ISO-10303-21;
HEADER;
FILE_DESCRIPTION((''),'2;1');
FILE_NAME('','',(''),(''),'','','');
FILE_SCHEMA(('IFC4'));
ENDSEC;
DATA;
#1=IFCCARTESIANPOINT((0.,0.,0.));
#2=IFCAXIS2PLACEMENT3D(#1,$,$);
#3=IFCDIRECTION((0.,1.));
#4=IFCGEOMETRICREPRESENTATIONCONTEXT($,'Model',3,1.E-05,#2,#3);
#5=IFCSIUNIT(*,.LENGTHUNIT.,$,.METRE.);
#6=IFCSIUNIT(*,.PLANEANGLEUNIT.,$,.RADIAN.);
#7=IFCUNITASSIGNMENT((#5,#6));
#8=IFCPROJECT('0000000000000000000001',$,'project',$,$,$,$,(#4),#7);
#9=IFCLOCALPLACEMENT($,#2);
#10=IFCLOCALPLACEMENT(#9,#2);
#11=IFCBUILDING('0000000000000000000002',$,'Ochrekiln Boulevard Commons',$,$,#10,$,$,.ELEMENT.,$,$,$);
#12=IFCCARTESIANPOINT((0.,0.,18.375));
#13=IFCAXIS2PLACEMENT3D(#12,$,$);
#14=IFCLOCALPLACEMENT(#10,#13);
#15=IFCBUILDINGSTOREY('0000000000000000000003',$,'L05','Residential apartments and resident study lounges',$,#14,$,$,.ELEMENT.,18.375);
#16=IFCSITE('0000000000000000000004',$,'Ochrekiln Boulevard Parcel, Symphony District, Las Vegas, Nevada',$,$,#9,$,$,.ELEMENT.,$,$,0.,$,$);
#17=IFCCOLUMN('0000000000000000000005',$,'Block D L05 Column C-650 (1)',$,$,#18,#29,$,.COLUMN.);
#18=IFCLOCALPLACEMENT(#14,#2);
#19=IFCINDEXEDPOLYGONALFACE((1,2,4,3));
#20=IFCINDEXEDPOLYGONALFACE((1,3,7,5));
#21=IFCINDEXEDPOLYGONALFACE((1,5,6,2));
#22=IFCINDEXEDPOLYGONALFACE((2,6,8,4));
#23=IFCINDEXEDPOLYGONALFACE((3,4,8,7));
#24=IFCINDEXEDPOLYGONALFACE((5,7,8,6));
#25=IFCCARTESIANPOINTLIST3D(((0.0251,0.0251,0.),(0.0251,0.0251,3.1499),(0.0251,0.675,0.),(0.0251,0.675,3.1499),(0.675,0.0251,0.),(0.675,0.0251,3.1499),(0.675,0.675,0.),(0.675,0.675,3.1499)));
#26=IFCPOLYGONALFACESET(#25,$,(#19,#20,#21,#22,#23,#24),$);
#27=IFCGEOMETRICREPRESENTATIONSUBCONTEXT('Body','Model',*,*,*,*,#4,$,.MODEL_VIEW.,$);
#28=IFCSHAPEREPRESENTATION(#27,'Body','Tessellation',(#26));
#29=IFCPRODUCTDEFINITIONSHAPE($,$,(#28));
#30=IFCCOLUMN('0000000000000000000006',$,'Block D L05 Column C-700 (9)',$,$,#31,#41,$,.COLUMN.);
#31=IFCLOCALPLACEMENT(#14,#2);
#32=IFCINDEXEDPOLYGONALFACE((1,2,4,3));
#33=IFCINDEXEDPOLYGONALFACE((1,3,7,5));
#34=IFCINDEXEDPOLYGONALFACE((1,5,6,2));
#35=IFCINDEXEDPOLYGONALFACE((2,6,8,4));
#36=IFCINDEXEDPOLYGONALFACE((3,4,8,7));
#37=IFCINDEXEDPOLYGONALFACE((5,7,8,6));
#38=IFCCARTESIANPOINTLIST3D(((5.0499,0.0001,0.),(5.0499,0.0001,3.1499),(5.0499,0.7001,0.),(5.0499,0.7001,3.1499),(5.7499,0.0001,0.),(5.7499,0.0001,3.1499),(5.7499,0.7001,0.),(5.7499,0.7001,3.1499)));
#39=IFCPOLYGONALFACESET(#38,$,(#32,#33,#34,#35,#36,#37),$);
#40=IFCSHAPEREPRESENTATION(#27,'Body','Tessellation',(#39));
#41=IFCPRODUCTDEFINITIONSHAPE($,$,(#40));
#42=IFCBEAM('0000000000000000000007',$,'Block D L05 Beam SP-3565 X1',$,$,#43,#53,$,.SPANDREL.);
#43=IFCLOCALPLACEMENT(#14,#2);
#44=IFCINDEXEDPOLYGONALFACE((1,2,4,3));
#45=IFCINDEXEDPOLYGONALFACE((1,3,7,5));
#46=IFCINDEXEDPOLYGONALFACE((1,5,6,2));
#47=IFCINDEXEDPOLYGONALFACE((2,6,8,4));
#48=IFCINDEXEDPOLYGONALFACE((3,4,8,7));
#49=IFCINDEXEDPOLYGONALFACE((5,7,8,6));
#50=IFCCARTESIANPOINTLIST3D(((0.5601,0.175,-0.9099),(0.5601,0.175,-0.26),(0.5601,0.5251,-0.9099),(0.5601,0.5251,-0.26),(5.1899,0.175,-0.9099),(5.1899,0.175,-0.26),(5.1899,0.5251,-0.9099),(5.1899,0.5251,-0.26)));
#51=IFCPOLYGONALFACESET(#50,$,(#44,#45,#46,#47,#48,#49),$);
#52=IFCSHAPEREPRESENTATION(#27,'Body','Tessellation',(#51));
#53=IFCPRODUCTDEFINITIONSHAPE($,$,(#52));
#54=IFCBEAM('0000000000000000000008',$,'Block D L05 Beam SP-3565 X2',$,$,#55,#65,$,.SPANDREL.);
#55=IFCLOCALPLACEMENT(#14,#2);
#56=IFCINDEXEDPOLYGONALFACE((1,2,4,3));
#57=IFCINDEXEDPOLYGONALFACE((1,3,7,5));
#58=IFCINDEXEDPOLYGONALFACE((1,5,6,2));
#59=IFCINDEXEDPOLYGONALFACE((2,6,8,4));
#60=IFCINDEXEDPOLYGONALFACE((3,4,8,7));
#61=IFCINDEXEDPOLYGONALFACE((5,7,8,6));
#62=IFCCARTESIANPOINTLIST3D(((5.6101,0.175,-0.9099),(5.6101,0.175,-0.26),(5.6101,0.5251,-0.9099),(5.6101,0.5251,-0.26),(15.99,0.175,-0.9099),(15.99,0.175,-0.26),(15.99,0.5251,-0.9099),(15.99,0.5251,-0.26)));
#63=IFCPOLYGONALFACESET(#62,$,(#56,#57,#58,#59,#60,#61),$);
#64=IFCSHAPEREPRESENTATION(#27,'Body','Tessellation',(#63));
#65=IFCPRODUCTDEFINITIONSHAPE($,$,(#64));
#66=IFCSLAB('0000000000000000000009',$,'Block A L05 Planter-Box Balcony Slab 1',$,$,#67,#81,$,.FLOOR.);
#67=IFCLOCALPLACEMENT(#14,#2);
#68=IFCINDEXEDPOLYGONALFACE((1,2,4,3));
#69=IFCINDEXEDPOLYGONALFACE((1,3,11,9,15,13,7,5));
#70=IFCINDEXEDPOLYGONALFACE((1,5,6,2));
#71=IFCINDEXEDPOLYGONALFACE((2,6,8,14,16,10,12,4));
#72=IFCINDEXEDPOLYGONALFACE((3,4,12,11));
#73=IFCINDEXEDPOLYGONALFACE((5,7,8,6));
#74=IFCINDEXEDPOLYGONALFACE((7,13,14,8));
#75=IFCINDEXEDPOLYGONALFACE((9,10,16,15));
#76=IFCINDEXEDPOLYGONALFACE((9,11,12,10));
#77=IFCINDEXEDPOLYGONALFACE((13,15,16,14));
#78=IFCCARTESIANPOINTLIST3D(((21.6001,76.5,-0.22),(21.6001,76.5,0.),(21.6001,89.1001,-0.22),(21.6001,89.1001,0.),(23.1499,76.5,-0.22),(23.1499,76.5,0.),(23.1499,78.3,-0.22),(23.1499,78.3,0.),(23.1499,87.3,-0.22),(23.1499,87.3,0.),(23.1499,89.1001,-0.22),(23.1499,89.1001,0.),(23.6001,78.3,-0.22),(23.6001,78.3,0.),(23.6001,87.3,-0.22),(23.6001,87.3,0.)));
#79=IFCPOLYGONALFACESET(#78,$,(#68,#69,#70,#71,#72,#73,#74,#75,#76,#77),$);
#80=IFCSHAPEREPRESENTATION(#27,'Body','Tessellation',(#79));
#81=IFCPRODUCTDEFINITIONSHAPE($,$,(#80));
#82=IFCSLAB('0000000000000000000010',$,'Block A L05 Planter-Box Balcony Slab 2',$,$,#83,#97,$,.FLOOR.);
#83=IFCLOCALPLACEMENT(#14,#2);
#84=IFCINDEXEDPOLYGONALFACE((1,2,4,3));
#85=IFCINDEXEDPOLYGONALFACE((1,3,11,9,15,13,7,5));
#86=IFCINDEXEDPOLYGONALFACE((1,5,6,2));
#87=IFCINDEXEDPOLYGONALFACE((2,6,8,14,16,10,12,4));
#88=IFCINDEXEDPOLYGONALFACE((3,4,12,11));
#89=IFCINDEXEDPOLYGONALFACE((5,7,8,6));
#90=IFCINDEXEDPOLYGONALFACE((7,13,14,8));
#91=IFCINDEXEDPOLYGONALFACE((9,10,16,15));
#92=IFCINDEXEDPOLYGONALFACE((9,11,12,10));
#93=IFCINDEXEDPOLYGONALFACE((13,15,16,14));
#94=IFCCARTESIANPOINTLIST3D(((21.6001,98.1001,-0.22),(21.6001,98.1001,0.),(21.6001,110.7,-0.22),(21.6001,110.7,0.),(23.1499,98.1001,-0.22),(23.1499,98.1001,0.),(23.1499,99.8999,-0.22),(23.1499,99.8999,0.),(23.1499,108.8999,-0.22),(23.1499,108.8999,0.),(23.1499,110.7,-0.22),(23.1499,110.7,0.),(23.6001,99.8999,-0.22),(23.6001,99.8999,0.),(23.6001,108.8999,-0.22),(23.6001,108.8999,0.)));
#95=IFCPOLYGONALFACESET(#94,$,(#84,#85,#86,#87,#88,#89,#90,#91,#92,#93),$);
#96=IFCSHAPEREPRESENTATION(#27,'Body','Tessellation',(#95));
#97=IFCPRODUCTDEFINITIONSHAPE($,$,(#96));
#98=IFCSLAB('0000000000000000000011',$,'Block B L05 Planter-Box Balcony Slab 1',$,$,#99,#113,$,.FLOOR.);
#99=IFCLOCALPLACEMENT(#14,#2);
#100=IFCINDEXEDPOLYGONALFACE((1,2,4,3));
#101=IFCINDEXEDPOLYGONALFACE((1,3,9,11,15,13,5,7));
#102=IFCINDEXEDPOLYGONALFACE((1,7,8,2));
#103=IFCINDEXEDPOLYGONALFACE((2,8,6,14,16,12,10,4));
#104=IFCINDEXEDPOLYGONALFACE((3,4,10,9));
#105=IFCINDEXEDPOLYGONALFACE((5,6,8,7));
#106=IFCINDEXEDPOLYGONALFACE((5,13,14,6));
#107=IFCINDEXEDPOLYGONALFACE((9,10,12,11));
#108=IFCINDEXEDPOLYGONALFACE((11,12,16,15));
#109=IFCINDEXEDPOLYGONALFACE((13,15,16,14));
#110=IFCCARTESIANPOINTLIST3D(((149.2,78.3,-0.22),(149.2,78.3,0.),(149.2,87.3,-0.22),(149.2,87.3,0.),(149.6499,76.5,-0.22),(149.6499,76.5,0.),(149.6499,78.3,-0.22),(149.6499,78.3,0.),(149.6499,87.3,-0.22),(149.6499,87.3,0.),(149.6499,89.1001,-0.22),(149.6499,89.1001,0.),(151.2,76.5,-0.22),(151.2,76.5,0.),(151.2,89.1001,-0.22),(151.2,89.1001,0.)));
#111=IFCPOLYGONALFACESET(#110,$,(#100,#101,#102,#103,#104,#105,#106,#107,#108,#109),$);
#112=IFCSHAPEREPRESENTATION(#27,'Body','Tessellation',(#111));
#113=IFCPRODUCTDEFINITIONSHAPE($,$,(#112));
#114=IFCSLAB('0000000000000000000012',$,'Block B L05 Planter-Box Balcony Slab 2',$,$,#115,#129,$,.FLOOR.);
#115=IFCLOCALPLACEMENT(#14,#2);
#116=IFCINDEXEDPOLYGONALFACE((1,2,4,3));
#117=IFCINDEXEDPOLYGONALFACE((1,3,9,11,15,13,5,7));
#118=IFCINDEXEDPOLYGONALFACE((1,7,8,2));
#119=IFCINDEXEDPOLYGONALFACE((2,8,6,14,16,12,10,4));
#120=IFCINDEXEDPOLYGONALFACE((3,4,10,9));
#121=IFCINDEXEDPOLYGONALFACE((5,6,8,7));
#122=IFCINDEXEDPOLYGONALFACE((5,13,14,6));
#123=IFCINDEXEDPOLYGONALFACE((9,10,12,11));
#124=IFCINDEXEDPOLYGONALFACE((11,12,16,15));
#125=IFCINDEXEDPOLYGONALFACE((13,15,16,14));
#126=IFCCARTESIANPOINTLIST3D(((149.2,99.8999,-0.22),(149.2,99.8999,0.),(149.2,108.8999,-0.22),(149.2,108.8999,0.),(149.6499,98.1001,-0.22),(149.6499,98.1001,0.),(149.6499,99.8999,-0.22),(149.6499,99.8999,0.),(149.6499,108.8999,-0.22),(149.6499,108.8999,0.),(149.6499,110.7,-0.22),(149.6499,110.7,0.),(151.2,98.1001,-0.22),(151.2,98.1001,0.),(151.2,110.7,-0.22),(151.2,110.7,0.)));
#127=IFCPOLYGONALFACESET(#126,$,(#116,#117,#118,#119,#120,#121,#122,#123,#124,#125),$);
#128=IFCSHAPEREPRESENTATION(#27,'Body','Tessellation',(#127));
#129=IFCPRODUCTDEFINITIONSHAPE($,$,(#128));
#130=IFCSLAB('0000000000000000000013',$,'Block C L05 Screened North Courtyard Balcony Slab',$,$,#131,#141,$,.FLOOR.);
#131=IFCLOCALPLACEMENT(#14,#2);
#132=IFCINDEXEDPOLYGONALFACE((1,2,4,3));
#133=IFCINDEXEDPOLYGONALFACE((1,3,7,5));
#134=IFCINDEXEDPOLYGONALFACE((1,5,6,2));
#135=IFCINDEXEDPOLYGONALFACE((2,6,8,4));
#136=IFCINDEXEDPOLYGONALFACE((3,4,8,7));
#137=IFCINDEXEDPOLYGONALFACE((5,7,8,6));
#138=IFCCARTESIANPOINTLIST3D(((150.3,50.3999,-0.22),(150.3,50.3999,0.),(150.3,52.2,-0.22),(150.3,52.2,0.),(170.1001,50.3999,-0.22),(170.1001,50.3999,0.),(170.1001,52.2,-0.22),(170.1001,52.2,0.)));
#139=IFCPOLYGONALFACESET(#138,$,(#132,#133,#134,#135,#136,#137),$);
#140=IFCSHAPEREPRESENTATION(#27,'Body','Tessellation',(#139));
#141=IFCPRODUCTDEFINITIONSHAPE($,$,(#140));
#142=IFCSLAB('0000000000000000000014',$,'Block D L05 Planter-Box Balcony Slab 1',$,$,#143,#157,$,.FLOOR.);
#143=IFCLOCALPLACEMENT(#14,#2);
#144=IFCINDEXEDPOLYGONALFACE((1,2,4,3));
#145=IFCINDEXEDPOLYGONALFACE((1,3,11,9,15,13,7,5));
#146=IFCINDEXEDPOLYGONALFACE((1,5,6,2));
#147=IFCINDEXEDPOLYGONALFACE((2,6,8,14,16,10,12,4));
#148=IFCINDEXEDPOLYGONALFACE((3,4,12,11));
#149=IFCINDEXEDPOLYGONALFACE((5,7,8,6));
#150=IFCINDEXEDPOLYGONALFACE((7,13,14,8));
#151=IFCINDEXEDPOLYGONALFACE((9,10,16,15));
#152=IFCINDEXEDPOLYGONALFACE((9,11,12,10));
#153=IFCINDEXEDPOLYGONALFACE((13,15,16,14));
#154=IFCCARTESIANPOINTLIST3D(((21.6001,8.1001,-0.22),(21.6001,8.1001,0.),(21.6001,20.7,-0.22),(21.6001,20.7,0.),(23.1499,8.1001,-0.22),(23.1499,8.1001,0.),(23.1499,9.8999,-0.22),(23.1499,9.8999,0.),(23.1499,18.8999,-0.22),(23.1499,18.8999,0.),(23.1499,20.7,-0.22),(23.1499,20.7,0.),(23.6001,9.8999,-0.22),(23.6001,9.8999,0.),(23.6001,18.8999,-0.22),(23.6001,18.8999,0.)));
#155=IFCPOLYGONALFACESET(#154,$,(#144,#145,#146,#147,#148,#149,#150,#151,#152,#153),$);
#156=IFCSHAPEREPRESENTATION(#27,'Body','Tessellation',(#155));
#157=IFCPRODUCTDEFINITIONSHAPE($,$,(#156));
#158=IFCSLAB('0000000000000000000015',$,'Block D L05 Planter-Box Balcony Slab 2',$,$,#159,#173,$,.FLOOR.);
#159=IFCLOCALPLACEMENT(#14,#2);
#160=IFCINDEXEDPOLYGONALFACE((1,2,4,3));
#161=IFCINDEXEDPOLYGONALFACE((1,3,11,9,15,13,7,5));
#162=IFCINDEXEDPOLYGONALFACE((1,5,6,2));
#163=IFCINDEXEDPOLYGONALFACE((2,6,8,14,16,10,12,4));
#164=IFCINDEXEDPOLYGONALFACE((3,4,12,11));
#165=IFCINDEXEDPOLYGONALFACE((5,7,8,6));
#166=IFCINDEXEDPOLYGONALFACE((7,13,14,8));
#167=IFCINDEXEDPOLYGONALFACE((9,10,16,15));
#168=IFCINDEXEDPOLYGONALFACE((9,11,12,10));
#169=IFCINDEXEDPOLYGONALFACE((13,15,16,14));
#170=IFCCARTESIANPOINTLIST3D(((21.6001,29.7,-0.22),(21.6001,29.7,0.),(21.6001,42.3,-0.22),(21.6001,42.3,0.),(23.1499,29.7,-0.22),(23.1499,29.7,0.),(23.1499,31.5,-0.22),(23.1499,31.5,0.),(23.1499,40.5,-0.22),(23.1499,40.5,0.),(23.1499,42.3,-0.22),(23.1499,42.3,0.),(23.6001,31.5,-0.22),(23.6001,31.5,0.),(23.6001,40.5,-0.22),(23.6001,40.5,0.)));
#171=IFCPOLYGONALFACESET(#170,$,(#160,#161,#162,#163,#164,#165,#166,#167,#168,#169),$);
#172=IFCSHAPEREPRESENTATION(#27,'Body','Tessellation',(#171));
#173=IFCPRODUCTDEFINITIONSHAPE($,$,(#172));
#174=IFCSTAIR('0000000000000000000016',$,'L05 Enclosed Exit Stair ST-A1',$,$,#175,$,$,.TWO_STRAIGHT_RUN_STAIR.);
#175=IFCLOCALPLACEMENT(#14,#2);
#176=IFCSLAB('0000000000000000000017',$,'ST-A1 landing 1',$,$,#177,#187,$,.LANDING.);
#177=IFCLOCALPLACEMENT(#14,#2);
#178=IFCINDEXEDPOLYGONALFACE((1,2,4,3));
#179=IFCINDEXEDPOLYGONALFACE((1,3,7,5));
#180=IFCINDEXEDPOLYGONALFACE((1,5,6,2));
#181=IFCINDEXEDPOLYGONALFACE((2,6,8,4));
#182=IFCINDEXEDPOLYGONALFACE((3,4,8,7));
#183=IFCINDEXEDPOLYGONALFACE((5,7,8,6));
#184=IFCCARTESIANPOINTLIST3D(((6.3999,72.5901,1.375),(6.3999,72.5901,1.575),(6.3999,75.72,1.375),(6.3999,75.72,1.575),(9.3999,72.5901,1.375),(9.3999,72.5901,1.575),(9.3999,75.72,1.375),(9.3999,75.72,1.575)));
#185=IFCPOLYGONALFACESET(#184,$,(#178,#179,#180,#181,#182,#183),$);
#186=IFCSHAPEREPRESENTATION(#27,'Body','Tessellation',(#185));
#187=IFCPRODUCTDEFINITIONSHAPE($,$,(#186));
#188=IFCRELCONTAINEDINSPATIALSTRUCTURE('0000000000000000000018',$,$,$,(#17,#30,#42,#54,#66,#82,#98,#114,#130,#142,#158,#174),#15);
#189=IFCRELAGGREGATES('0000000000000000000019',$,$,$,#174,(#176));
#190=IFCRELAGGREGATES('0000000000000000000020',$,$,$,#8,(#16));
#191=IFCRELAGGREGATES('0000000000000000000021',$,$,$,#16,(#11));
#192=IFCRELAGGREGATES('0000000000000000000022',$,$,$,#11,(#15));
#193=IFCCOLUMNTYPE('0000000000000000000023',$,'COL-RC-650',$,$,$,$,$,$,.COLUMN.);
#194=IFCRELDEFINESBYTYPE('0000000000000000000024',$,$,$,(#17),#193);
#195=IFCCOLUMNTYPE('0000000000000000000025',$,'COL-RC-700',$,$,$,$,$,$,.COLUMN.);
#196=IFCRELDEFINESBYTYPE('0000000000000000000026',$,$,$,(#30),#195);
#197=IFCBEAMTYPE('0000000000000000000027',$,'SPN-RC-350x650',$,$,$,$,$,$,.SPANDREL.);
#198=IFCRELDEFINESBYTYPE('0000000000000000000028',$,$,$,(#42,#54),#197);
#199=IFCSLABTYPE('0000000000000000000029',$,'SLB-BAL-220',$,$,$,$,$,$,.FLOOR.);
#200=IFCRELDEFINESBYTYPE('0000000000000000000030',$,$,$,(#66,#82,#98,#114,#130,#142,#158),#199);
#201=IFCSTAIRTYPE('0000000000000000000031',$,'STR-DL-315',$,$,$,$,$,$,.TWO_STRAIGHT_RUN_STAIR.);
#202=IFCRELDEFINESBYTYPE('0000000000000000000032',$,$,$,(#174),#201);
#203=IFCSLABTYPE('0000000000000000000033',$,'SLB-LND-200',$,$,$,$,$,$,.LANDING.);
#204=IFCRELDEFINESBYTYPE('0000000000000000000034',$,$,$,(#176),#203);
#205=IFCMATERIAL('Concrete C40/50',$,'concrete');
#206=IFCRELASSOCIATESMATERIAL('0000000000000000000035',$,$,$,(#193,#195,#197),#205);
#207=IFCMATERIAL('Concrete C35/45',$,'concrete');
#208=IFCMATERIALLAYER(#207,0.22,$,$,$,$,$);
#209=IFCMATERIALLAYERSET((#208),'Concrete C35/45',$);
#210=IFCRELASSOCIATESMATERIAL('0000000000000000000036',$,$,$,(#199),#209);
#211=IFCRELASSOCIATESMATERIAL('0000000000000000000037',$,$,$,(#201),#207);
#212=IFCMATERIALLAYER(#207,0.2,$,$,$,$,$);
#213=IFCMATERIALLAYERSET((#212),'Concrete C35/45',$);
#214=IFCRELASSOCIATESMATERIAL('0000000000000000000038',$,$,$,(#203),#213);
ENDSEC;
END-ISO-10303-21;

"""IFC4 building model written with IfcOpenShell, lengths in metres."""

from ifc_helpers import new_model, si_unit, direction, frame, origin, origin_2d, place, context, subcontext, project, spatial, polyline, rectangle, outline, extrude, material, layer, layer_set, material_profile, profile_set, type_object, element, aggregate, save


model = new_model("IFC4")

# Units and contexts
model_context = context("Model", 3, precision=1e-05, world=origin(), true_north=direction((0.0, 1.0)))
body_context = subcontext(model_context, "Body", "Model", "MODEL_VIEW")
ifc_project = project(units=[si_unit("LENGTHUNIT", "METRE"), si_unit("PLANEANGLEUNIT", "RADIAN")], contexts=[model_context])

# Site, building, storey
site_placement = place(None, origin())
site = spatial("IfcSite", under=ifc_project, at=site_placement, Name="Ochrekiln Boulevard Parcel, Symphony District, Las Vegas, Nevada", CompositionType="ELEMENT", RefElevation=0.0)
building_placement = place(site_placement, origin())
building = spatial("IfcBuilding", under=site, at=building_placement, Name="Ochrekiln Boulevard Commons", CompositionType="ELEMENT")
storey_placement = place(building_placement, frame((0.0, 0.0, 18.375)))
storey = spatial("IfcBuildingStorey", under=building, at=storey_placement, Name="L05", Description="Residential apartments and resident study lounges", CompositionType="ELEMENT", Elevation=18.375)

# Columns
ifc_material_1 = material(Name="Concrete C40/50", Category="concrete")
ifc_material_profile_1 = material_profile(ifc_material_1, rectangle(XDim=0.6499, YDim=0.6499, at=origin_2d()), Name="RC-COL-650x650")
ifc_profile_set_1 = profile_set([ifc_material_profile_1], Name="Concrete C40/50")
column_type_1 = type_object("IfcColumnType", Name="COL-RC-650", PredefinedType="COLUMN", material=ifc_profile_set_1)
column_1_placement = place(storey_placement, frame((0.3501, 0.3501, 0.0), z_axis=(0.0, 0.0, 1.0), x_axis=(1.0, 0.0, 0.0)))
element("IfcColumn", 1, at=column_1_placement, inside=storey, type_object=column_type_1, Name="Block D L05 Column C-650 (1)", PredefinedType="COLUMN", context=body_context, shape_type="SweptSolid", body=[
    extrude(rectangle(XDim=0.6499, YDim=0.6499, at=origin_2d()), origin(), (0.0, 0.0, 1.0), 3.1499),
])
ifc_material_profile_2 = material_profile(ifc_material_1, rectangle(XDim=0.7, YDim=0.7, at=origin_2d()), Name="RC-COL-700x700")
ifc_profile_set_2 = profile_set([ifc_material_profile_2], Name="Concrete C40/50")
column_type_2 = type_object("IfcColumnType", Name="COL-RC-700", PredefinedType="COLUMN", material=ifc_profile_set_2)
column_2_placement = place(storey_placement, frame((5.3999, 0.3501, 0.0), z_axis=(0.0, 0.0, 1.0), x_axis=(1.0, 0.0, 0.0)))
element("IfcColumn", 2, at=column_2_placement, inside=storey, type_object=column_type_2, Name="Block D L05 Column C-700 (9)", PredefinedType="COLUMN", context=body_context, shape_type="SweptSolid", body=[
    extrude(rectangle(XDim=0.7, YDim=0.7, at=origin_2d()), origin(), (0.0, 0.0, 1.0), 3.1499),
])

# Beams
ifc_material_profile_3 = material_profile(ifc_material_1, rectangle(XDim=0.3501, YDim=0.6499, at=origin_2d()), Name="RC-SPN-350x650")
ifc_profile_set_3 = profile_set([ifc_material_profile_3], Name="Concrete C40/50")
beam_type = type_object("IfcBeamType", Name="SPN-RC-350x650", PredefinedType="SPANDREL", material=ifc_profile_set_3)
beam_1_placement = place(storey_placement, frame((0.5601, 0.3501, -0.585), z_axis=(1.0, 0.0, 0.0), x_axis=(0.0, 1.0, 0.0)))
element("IfcBeam", 3, at=beam_1_placement, inside=storey, type_object=beam_type, Name="Block D L05 Beam SP-3565 X1", PredefinedType="SPANDREL", context=body_context, shape_type="SweptSolid", body=[
    extrude(rectangle(XDim=0.3501, YDim=0.6499, at=origin_2d()), origin(), (0.0, 0.0, 1.0), 4.6299),
])
beam_2_placement = place(storey_placement, frame((5.6101, 0.3501, -0.585), z_axis=(1.0, 0.0, 0.0), x_axis=(0.0, 1.0, 0.0)))
element("IfcBeam", 4, at=beam_2_placement, inside=storey, type_object=beam_type, Name="Block D L05 Beam SP-3565 X2", PredefinedType="SPANDREL", context=body_context, shape_type="SweptSolid", body=[
    extrude(rectangle(XDim=0.3501, YDim=0.6499, at=origin_2d()), origin(), (0.0, 0.0, 1.0), 10.3799),
])

# Slabs
ifc_material_2 = material(Name="Concrete C35/45", Category="concrete")
ifc_layer_1 = layer(ifc_material_2, 0.22)
ifc_layer_set_1 = layer_set([ifc_layer_1], Name="Concrete C35/45")
slab_type_1 = type_object("IfcSlabType", Name="SLB-BAL-220", PredefinedType="FLOOR", material=ifc_layer_set_1)
slab_1_placement = place(storey_placement, frame((0.0, 0.0, -0.22)))
element("IfcSlab", 5, at=slab_1_placement, inside=storey, type_object=slab_type_1, Name="Block A L05 Planter-Box Balcony Slab 1", PredefinedType="FLOOR", context=body_context, shape_type="SweptSolid", body=[
    extrude(outline(polyline([(21.6001, 76.5), (23.1499, 76.5), (23.1499, 78.3), (23.6001, 78.3), (23.6001, 87.3), (23.1499, 87.3), (23.1499, 89.1001), (21.6001, 89.1001), (21.6001, 76.5)])), origin(), (0.0, 0.0, 1.0), 0.22),
])
slab_2_placement = place(storey_placement, frame((0.0, 0.0, -0.22)))
element("IfcSlab", 6, at=slab_2_placement, inside=storey, type_object=slab_type_1, Name="Block A L05 Planter-Box Balcony Slab 2", PredefinedType="FLOOR", context=body_context, shape_type="SweptSolid", body=[
    extrude(outline(polyline([(21.6001, 98.1001), (23.1499, 98.1001), (23.1499, 99.8999), (23.6001, 99.8999), (23.6001, 108.8999), (23.1499, 108.8999), (23.1499, 110.7), (21.6001, 110.7), (21.6001, 98.1001)])), origin(), (0.0, 0.0, 1.0), 0.22),
])
slab_3_placement = place(storey_placement, frame((0.0, 0.0, -0.22)))
element("IfcSlab", 7, at=slab_3_placement, inside=storey, type_object=slab_type_1, Name="Block B L05 Planter-Box Balcony Slab 1", PredefinedType="FLOOR", context=body_context, shape_type="SweptSolid", body=[
    extrude(outline(polyline([(151.2, 76.5), (151.2, 89.1001), (149.6499, 89.1001), (149.6499, 87.3), (149.2, 87.3), (149.2, 78.3), (149.6499, 78.3), (149.6499, 76.5), (151.2, 76.5)])), origin(), (0.0, 0.0, 1.0), 0.22),
])
slab_4_placement = place(storey_placement, frame((0.0, 0.0, -0.22)))
element("IfcSlab", 8, at=slab_4_placement, inside=storey, type_object=slab_type_1, Name="Block B L05 Planter-Box Balcony Slab 2", PredefinedType="FLOOR", context=body_context, shape_type="SweptSolid", body=[
    extrude(outline(polyline([(151.2, 98.1001), (151.2, 110.7), (149.6499, 110.7), (149.6499, 108.8999), (149.2, 108.8999), (149.2, 99.8999), (149.6499, 99.8999), (149.6499, 98.1001), (151.2, 98.1001)])), origin(), (0.0, 0.0, 1.0), 0.22),
])
slab_5_placement = place(storey_placement, frame((0.0, 0.0, -0.22)))
element("IfcSlab", 9, at=slab_5_placement, inside=storey, type_object=slab_type_1, Name="Block C L05 Screened North Courtyard Balcony Slab", PredefinedType="FLOOR", context=body_context, shape_type="SweptSolid", body=[
    extrude(outline(polyline([(150.3, 50.3999), (170.1001, 50.3999), (170.1001, 52.2), (150.3, 52.2), (150.3, 50.3999)])), origin(), (0.0, 0.0, 1.0), 0.22),
])
slab_6_placement = place(storey_placement, frame((0.0, 0.0, -0.22)))
element("IfcSlab", 10, at=slab_6_placement, inside=storey, type_object=slab_type_1, Name="Block D L05 Planter-Box Balcony Slab 1", PredefinedType="FLOOR", context=body_context, shape_type="SweptSolid", body=[
    extrude(outline(polyline([(21.6001, 8.1001), (23.1499, 8.1001), (23.1499, 9.8999), (23.6001, 9.8999), (23.6001, 18.8999), (23.1499, 18.8999), (23.1499, 20.7), (21.6001, 20.7), (21.6001, 8.1001)])), origin(), (0.0, 0.0, 1.0), 0.22),
])
slab_7_placement = place(storey_placement, frame((0.0, 0.0, -0.22)))
element("IfcSlab", 11, at=slab_7_placement, inside=storey, type_object=slab_type_1, Name="Block D L05 Planter-Box Balcony Slab 2", PredefinedType="FLOOR", context=body_context, shape_type="SweptSolid", body=[
    extrude(outline(polyline([(21.6001, 29.7), (23.1499, 29.7), (23.1499, 31.5), (23.6001, 31.5), (23.6001, 40.5), (23.1499, 40.5), (23.1499, 42.3), (21.6001, 42.3), (21.6001, 29.7)])), origin(), (0.0, 0.0, 1.0), 0.22),
])

# Stair, slab
stair_type = type_object("IfcStairType", Name="STR-DL-315", PredefinedType="TWO_STRAIGHT_RUN_STAIR", material=ifc_material_2)
stair_1_placement = place(storey_placement, origin())
stair_1 = element("IfcStair", 12, at=stair_1_placement, inside=storey, type_object=stair_type, Name="L05 Enclosed Exit Stair ST-A1", PredefinedType="TWO_STRAIGHT_RUN_STAIR")
ifc_layer_2 = layer(ifc_material_2, 0.2)
ifc_layer_set_2 = layer_set([ifc_layer_2], Name="Concrete C35/45")
slab_type_2 = type_object("IfcSlabType", Name="SLB-LND-200", PredefinedType="LANDING", material=ifc_layer_set_2)
slab_8_placement = place(storey_placement, frame((0.0, 0.0, 1.375)))
slab_8 = element("IfcSlab", 13, at=slab_8_placement, type_object=slab_type_2, Name="ST-A1 landing 1", PredefinedType="LANDING", context=body_context, shape_type="SweptSolid", body=[
    extrude(outline(polyline([(9.3999, 72.5901), (9.3999, 75.72), (6.3999, 75.72), (6.3999, 72.5901), (9.3999, 72.5901)])), origin(), (0.0, 0.0, 1.0), 0.2),
])
aggregate(stair_1, [slab_8])

save(model, "model.ifc")
